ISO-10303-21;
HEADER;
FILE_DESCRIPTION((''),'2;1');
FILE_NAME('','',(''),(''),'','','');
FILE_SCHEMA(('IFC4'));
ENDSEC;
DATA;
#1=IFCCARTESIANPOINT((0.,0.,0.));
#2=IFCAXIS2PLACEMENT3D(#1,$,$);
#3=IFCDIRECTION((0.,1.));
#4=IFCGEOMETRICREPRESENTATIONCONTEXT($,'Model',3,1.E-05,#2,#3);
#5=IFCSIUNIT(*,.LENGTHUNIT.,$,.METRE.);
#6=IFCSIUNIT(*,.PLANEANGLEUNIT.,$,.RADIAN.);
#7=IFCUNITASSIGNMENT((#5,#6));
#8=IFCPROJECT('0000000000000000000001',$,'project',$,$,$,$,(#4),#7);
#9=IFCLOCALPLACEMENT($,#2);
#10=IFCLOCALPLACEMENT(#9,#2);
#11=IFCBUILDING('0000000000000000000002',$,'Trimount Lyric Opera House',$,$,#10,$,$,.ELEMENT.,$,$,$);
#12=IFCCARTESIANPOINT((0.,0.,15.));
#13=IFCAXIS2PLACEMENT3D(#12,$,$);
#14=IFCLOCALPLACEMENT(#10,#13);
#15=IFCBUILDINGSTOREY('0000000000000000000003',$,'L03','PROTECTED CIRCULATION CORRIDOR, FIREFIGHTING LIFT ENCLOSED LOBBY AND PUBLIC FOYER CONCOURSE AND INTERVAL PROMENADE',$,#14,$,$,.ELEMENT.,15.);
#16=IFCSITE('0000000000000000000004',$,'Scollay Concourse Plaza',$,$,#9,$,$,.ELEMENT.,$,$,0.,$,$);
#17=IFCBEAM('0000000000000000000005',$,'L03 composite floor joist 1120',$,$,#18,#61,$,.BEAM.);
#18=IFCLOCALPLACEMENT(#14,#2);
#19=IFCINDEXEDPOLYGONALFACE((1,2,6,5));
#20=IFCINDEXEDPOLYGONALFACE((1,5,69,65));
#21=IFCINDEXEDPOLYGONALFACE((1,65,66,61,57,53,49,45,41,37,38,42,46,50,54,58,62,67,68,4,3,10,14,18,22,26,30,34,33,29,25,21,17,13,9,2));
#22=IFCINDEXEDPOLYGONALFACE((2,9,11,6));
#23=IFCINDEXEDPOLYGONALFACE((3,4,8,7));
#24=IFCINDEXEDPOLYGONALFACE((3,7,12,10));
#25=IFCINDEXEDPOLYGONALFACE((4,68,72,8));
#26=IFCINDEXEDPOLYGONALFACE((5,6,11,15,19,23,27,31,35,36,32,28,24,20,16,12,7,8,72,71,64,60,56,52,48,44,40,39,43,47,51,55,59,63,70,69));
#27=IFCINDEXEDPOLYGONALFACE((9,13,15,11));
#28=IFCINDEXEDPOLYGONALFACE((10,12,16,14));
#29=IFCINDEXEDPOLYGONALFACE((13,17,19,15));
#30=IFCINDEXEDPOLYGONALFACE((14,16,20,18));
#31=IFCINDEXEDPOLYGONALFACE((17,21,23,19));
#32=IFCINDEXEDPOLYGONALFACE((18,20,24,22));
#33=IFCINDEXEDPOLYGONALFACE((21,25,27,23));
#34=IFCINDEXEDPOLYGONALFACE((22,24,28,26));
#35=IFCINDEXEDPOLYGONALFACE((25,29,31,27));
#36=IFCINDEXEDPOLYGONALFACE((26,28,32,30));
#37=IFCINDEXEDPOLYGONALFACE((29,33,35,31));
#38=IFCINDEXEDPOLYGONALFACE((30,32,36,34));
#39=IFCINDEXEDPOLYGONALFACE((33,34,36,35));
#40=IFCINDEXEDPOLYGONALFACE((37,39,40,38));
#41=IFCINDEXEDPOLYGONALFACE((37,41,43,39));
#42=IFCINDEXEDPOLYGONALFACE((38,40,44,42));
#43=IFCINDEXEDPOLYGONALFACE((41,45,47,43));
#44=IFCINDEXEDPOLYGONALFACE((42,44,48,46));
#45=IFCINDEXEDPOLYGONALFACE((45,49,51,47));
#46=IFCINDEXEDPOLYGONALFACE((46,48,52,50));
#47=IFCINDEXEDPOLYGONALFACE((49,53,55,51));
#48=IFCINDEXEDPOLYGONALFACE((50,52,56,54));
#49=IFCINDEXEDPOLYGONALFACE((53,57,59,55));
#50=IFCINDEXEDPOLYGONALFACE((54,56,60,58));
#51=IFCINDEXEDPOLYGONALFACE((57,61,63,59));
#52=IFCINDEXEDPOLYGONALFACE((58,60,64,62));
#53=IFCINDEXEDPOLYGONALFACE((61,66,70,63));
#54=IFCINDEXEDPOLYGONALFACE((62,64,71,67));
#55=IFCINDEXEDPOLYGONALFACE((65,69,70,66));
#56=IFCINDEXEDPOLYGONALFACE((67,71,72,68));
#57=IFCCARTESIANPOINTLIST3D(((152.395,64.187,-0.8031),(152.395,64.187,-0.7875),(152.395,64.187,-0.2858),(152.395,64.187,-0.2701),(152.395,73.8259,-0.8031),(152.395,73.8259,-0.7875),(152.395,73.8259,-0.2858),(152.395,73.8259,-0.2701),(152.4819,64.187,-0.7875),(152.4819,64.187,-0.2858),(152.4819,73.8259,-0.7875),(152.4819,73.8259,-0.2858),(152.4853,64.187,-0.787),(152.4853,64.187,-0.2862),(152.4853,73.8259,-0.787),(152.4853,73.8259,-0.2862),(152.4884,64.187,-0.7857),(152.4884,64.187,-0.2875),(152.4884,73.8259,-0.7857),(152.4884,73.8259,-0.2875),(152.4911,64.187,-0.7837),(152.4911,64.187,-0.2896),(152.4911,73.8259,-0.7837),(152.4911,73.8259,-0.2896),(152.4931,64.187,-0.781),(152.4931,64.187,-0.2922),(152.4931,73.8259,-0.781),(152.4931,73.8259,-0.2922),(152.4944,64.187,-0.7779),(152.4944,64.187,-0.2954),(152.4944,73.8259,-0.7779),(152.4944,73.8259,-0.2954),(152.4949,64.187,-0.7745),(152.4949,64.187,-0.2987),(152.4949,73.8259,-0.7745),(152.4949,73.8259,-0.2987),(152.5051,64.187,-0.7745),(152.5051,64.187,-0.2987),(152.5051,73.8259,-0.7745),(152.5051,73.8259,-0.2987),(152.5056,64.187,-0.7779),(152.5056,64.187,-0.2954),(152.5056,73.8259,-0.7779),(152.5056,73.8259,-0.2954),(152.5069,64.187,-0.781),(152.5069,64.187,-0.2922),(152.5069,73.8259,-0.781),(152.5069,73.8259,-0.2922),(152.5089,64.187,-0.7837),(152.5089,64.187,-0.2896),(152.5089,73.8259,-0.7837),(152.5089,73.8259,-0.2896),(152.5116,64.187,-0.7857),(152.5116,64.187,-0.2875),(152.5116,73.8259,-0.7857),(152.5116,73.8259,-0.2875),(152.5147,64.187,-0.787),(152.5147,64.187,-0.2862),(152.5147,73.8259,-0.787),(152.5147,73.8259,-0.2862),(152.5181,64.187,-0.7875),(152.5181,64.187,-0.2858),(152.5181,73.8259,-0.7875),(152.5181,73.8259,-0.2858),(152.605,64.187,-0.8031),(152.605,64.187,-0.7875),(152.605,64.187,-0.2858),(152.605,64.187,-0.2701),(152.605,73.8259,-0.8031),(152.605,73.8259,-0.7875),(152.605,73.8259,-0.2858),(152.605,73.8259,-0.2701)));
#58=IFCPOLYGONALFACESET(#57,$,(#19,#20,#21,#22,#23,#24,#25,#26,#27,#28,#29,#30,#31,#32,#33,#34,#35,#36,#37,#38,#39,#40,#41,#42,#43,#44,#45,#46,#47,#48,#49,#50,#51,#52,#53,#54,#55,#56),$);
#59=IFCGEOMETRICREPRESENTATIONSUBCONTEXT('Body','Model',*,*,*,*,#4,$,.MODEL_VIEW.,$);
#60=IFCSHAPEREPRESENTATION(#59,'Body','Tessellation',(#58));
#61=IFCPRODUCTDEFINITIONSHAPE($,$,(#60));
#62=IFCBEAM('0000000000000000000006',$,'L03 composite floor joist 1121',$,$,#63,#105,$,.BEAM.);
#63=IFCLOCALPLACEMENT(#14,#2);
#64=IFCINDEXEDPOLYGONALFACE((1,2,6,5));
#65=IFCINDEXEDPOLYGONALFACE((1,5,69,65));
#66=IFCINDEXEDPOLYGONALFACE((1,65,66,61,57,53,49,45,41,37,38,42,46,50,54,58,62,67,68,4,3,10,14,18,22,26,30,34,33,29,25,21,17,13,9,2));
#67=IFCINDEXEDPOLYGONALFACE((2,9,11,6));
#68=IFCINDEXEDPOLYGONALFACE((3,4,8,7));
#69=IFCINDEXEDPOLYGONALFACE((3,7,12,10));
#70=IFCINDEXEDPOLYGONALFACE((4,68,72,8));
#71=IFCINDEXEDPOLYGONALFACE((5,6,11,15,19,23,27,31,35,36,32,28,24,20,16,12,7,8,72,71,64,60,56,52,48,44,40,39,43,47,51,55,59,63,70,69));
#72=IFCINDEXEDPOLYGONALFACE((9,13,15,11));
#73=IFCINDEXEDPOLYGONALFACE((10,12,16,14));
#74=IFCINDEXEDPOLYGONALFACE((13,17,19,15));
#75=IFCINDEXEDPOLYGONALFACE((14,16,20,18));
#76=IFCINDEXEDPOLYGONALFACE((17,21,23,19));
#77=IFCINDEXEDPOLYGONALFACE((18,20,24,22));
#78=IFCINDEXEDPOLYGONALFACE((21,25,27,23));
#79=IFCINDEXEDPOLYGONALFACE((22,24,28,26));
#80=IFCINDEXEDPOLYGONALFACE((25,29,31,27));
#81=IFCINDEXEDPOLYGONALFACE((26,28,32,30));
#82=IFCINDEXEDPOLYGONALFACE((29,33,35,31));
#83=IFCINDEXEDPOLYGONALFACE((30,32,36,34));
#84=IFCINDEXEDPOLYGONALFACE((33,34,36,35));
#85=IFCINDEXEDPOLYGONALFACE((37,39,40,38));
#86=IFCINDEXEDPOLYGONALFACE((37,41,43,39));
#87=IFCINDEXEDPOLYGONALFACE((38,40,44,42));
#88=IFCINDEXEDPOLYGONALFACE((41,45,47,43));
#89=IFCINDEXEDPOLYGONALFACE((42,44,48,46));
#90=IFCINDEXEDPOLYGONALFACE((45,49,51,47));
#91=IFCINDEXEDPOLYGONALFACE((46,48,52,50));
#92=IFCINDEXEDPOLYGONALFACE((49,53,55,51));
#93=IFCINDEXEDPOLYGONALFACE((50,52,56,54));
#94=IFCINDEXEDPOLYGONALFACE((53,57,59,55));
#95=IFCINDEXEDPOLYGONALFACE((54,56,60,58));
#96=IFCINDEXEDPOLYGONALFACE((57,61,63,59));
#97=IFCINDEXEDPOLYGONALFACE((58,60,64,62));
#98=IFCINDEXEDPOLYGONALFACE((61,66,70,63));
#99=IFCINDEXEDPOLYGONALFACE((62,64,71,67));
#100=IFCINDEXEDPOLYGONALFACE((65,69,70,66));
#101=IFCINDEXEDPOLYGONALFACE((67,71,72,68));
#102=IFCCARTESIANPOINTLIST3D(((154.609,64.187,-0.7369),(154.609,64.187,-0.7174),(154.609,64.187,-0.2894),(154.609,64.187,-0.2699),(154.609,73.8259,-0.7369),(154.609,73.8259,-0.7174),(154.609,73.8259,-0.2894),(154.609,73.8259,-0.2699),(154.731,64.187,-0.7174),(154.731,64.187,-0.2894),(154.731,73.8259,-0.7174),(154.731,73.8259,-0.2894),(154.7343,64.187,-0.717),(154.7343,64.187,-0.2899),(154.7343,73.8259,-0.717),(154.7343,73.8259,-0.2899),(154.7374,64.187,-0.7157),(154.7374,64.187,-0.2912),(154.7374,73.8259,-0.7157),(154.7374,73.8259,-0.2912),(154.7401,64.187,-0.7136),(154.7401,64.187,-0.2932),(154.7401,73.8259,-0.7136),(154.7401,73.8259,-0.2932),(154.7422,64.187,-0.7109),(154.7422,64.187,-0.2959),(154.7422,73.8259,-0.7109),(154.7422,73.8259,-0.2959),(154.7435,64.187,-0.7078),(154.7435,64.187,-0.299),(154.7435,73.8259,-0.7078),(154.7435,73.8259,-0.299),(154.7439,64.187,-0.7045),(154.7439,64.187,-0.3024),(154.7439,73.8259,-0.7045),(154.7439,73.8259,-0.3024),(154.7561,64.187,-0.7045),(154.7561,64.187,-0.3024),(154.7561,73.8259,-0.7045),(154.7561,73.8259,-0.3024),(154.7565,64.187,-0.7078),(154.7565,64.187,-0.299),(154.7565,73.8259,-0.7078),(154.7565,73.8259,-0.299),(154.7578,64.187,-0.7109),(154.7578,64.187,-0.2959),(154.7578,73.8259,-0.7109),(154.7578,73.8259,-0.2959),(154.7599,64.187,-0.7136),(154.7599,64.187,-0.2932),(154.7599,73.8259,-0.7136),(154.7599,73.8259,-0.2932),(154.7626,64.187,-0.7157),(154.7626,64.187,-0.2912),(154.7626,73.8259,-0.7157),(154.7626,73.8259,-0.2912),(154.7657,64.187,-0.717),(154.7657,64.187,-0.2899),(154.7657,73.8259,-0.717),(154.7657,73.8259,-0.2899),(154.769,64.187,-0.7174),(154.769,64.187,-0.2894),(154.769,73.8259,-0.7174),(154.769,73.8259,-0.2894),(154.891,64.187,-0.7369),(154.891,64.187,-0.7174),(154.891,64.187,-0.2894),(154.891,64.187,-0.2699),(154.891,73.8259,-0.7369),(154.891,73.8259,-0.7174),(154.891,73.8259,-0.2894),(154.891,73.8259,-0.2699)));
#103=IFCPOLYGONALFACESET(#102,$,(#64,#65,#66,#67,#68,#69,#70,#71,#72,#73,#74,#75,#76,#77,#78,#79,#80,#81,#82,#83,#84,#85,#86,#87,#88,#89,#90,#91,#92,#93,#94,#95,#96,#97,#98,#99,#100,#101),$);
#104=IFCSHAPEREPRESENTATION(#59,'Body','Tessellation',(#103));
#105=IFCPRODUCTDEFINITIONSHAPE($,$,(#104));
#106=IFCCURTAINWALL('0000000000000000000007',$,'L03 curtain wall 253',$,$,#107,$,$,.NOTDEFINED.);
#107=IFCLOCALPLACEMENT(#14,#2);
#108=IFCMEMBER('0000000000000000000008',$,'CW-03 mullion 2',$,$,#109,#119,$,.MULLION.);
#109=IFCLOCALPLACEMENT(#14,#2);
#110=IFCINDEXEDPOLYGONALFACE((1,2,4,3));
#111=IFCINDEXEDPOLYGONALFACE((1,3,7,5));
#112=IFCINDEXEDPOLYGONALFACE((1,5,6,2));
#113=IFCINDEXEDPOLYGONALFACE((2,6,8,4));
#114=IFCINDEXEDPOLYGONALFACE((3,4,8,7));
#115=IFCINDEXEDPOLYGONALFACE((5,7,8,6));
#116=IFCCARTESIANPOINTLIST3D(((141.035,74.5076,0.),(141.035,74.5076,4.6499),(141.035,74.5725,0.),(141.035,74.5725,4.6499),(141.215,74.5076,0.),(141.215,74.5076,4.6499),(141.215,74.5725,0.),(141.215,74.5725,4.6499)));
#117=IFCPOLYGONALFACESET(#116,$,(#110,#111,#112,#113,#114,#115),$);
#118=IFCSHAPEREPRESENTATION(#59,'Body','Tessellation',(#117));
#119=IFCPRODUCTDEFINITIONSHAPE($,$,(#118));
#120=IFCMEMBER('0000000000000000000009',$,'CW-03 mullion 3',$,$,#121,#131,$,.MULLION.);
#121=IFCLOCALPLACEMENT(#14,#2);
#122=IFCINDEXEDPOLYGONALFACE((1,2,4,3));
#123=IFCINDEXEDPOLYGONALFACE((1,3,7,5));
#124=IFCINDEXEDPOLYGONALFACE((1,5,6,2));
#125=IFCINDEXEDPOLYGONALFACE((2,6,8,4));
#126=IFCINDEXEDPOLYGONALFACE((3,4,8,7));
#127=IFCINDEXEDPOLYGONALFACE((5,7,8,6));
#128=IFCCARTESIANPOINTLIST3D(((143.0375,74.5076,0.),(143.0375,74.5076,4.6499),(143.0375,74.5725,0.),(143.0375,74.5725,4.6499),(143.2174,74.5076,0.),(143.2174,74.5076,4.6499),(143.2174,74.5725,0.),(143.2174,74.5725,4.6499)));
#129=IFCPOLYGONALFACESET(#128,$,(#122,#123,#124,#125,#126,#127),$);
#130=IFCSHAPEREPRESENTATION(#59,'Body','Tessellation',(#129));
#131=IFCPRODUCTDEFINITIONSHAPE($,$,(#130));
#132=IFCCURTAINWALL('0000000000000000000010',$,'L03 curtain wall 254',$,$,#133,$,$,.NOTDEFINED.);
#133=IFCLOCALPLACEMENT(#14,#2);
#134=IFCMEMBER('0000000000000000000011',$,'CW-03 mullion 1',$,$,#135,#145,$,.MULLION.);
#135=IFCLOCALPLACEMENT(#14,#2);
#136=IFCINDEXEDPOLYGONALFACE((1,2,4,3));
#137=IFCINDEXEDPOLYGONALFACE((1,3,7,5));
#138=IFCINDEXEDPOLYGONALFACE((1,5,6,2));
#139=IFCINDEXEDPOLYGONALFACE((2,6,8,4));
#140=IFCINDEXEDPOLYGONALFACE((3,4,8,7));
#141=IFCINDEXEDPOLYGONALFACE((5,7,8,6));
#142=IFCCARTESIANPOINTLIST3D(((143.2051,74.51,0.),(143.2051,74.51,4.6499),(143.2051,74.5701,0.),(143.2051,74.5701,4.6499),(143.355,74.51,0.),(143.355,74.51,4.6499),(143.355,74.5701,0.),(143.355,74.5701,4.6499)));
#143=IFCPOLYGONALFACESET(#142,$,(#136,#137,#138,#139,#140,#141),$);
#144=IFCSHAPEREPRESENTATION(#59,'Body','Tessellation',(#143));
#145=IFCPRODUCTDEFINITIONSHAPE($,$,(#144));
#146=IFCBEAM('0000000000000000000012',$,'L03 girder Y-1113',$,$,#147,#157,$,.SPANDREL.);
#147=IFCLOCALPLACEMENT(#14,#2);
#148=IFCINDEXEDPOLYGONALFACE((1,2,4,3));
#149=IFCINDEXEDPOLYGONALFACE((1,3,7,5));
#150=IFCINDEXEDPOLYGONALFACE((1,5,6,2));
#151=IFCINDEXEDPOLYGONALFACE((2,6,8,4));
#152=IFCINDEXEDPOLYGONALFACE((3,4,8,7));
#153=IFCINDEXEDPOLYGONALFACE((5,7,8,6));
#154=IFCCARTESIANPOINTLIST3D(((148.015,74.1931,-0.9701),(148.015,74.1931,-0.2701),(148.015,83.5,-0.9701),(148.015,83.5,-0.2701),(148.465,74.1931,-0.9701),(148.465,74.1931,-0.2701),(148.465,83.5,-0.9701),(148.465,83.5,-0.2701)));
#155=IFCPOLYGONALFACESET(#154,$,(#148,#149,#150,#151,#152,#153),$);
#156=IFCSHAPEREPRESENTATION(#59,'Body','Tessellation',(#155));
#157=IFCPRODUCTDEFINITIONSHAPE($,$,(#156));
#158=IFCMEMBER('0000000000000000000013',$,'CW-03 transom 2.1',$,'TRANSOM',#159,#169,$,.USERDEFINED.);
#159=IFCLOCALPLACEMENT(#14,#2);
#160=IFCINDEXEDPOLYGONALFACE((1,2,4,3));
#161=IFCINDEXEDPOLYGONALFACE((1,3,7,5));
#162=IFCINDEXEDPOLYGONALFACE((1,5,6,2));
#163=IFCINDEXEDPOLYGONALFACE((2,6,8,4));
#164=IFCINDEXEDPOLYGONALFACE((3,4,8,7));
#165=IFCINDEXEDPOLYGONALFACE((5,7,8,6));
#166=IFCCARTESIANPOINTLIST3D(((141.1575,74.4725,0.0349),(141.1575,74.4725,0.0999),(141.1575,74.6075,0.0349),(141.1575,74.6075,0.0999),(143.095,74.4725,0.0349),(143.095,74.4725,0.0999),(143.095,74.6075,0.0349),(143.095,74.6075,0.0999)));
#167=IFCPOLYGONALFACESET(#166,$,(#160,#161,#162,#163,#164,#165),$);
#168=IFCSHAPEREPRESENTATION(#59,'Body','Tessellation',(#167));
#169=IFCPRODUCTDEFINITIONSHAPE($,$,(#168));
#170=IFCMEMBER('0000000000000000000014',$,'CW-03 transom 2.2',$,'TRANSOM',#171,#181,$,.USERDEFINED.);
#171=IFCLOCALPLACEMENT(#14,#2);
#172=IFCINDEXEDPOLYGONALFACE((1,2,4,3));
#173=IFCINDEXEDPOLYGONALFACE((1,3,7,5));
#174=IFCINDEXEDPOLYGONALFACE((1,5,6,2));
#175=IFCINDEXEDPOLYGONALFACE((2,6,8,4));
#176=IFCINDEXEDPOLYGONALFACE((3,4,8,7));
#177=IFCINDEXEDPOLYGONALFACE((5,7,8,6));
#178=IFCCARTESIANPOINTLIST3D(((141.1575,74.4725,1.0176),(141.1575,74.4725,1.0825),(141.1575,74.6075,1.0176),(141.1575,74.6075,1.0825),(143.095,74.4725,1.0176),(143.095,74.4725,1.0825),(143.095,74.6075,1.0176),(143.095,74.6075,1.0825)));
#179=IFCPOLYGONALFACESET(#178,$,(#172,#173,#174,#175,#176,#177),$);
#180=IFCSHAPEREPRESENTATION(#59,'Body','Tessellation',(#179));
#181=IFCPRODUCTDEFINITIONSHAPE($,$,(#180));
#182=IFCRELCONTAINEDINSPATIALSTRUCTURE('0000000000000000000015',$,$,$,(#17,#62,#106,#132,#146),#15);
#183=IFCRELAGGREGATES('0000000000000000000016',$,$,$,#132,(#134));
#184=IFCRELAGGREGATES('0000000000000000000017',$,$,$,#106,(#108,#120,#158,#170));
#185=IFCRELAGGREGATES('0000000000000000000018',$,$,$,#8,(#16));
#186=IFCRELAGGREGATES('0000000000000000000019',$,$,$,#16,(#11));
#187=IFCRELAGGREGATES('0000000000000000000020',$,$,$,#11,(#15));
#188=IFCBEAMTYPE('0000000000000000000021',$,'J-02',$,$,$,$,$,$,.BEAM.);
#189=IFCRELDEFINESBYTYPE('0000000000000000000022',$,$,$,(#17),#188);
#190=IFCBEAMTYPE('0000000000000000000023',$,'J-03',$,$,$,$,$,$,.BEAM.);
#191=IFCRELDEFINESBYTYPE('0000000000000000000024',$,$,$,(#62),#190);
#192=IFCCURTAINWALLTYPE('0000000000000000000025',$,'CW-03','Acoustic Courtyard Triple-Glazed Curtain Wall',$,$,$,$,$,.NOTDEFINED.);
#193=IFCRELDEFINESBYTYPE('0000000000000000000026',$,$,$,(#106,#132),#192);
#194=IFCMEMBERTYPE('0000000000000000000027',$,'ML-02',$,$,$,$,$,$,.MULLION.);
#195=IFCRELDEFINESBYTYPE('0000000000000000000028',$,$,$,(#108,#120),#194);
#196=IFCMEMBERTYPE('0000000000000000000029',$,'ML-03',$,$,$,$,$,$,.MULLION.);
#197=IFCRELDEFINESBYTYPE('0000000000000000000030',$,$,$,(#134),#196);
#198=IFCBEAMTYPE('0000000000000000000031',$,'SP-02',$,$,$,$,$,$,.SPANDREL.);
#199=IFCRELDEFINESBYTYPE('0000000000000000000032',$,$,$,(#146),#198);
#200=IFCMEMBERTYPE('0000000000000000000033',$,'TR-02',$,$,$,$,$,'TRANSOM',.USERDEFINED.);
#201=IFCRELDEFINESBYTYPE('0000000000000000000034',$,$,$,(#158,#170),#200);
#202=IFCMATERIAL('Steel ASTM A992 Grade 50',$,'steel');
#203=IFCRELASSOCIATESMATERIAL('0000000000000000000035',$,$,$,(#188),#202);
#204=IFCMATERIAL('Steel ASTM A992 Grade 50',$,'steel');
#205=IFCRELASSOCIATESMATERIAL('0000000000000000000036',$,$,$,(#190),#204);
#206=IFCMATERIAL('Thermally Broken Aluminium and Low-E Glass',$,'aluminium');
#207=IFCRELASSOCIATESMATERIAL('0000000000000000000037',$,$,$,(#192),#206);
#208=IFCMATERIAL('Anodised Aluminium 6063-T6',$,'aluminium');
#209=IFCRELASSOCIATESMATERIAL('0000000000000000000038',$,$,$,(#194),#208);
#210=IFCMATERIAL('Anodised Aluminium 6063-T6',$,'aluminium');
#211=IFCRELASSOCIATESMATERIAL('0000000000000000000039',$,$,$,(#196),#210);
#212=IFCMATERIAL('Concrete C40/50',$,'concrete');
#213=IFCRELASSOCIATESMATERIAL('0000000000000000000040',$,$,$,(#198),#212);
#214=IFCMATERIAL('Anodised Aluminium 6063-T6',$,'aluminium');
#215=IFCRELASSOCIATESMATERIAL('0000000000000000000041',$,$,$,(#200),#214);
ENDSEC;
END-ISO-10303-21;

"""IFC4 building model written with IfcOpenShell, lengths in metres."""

from ifc_helpers import new_model, si_unit, direction, frame, origin, origin_2d, place, context, subcontext, project, spatial, rectangle, i_section, extrude, material, material_profile, profile_set, type_object, element, aggregate, save


model = new_model("IFC4")

# Units and contexts
model_context = context("Model", 3, precision=1e-05, world=origin(), true_north=direction((0.0, 1.0)))
body_context = subcontext(model_context, "Body", "Model", "MODEL_VIEW")
ifc_project = project(units=[si_unit("LENGTHUNIT", "METRE"), si_unit("PLANEANGLEUNIT", "RADIAN")], contexts=[model_context])

# Site, building, storey
site_placement = place(None, origin())
site = spatial("IfcSite", under=ifc_project, at=site_placement, Name="Scollay Concourse Plaza", CompositionType="ELEMENT", RefElevation=0.0)
building_placement = place(site_placement, origin())
building = spatial("IfcBuilding", under=site, at=building_placement, Name="Trimount Lyric Opera House", CompositionType="ELEMENT")
storey_placement = place(building_placement, frame((0.0, 0.0, 15.0)))
storey = spatial("IfcBuildingStorey", under=building, at=storey_placement, Name="L03", Description="PROTECTED CIRCULATION CORRIDOR, FIREFIGHTING LIFT ENCLOSED LOBBY AND PUBLIC FOYER CONCOURSE AND INTERVAL PROMENADE", CompositionType="ELEMENT", Elevation=15.0)

# Beams
ifc_material_1 = material(Name="Steel ASTM A992 Grade 50", Category="steel")
ifc_material_profile_1 = material_profile(ifc_material_1, i_section(OverallWidth=0.21, OverallDepth=0.533, WebThickness=0.0103, FlangeThickness=0.0156, FilletRadius=0.0129, at=origin_2d()), Name="W21X62")
ifc_profile_set_1 = profile_set([ifc_material_profile_1], Name="Steel ASTM A992 Grade 50")
beam_type_1 = type_object("IfcBeamType", Name="J-02", PredefinedType="BEAM", material=ifc_profile_set_1)
beam_1_placement = place(storey_placement, frame((152.5, 64.187, -0.5366), z_axis=(0.0, 1.0, 0.0), x_axis=(-1.0, 0.0, 0.0)))
element("IfcBeam", 1, at=beam_1_placement, inside=storey, type_object=beam_type_1, Name="L03 composite floor joist 1120", PredefinedType="BEAM", context=body_context, shape_type="SweptSolid", body=[
    extrude(i_section(OverallWidth=0.21, OverallDepth=0.533, WebThickness=0.0103, FlangeThickness=0.0156, FilletRadius=0.0129, at=origin_2d()), origin(), (0.0, 0.0, 1.0), 9.6389),
])
ifc_material_2 = material(Name="Steel ASTM A992 Grade 50", Category="steel")
ifc_material_profile_2 = material_profile(ifc_material_2, i_section(OverallWidth=0.282, OverallDepth=0.467, WebThickness=0.0122, FlangeThickness=0.0195, FilletRadius=0.0129, at=origin_2d()), Name="W18X86")
ifc_profile_set_2 = profile_set([ifc_material_profile_2], Name="Steel ASTM A992 Grade 50")
beam_type_2 = type_object("IfcBeamType", Name="J-03", PredefinedType="BEAM", material=ifc_profile_set_2)
beam_2_placement = place(storey_placement, frame((154.75, 64.187, -0.5034), z_axis=(0.0, 1.0, 0.0), x_axis=(-1.0, 0.0, 0.0)))
element("IfcBeam", 2, at=beam_2_placement, inside=storey, type_object=beam_type_2, Name="L03 composite floor joist 1121", PredefinedType="BEAM", context=body_context, shape_type="SweptSolid", body=[
    extrude(i_section(OverallWidth=0.282, OverallDepth=0.467, WebThickness=0.0122, FlangeThickness=0.0195, FilletRadius=0.0129, at=origin_2d()), origin(), (0.0, 0.0, 1.0), 9.6389),
])

# Curtain wall, members
ifc_material_3 = material(Name="Thermally Broken Aluminium and Low-E Glass", Category="aluminium")
curtain_wall_type = type_object("IfcCurtainWallType", Name="CW-03", Description="Acoustic Courtyard Triple-Glazed Curtain Wall", PredefinedType="NOTDEFINED", material=ifc_material_3)
curtain_wall_1_placement = place(storey_placement, origin())
curtain_wall_1 = element("IfcCurtainWall", 3, at=curtain_wall_1_placement, inside=storey, type_object=curtain_wall_type, Name="L03 curtain wall 253", PredefinedType="NOTDEFINED")
ifc_material_4 = material(Name="Anodised Aluminium 6063-T6", Category="aluminium")
ifc_material_profile_3 = material_profile(ifc_material_4, rectangle(XDim=0.0649, YDim=0.1799, at=origin_2d()), Name="ALU-MULL-65X180")
ifc_profile_set_3 = profile_set([ifc_material_profile_3], Name="Anodised Aluminium 6063-T6")
member_type_1 = type_object("IfcMemberType", Name="ML-02", PredefinedType="MULLION", material=ifc_profile_set_3)
member_1_placement = place(storey_placement, frame((141.125, 74.54, 0.0), z_axis=(0.0, 0.0, 1.0), x_axis=(0.0, 1.0, 0.0)))
member_1 = element("IfcMember", 4, at=member_1_placement, type_object=member_type_1, Name="CW-03 mullion 2", PredefinedType="MULLION", context=body_context, shape_type="SweptSolid", body=[
    extrude(rectangle(XDim=0.0649, YDim=0.1799, at=origin_2d()), origin(), (0.0, 0.0, 1.0), 4.6499),
])
member_2_placement = place(storey_placement, frame((143.1274, 74.54, 0.0), z_axis=(0.0, 0.0, 1.0), x_axis=(0.0, 1.0, 0.0)))
member_2 = element("IfcMember", 5, at=member_2_placement, type_object=member_type_1, Name="CW-03 mullion 3", PredefinedType="MULLION", context=body_context, shape_type="SweptSolid", body=[
    extrude(rectangle(XDim=0.0649, YDim=0.1799, at=origin_2d()), origin(), (0.0, 0.0, 1.0), 4.6499),
])

# Curtain wall, member
curtain_wall_2_placement = place(storey_placement, origin())
curtain_wall_2 = element("IfcCurtainWall", 6, at=curtain_wall_2_placement, inside=storey, type_object=curtain_wall_type, Name="L03 curtain wall 254", PredefinedType="NOTDEFINED")
ifc_material_5 = material(Name="Anodised Aluminium 6063-T6", Category="aluminium")
ifc_material_profile_4 = material_profile(ifc_material_5, rectangle(XDim=0.0601, YDim=0.1499, at=origin_2d()), Name="ALU-MULL-60X150")
ifc_profile_set_4 = profile_set([ifc_material_profile_4], Name="Anodised Aluminium 6063-T6")
member_type_2 = type_object("IfcMemberType", Name="ML-03", PredefinedType="MULLION", material=ifc_profile_set_4)
member_3_placement = place(storey_placement, frame((143.28, 74.54, 0.0), z_axis=(0.0, 0.0, 1.0), x_axis=(0.0, 1.0, 0.0)))
member_3 = element("IfcMember", 7, at=member_3_placement, type_object=member_type_2, Name="CW-03 mullion 1", PredefinedType="MULLION", context=body_context, shape_type="SweptSolid", body=[
    extrude(rectangle(XDim=0.0601, YDim=0.1499, at=origin_2d()), origin(), (0.0, 0.0, 1.0), 4.6499),
])
aggregate(curtain_wall_2, [member_3])

# Beam
ifc_material_6 = material(Name="Concrete C40/50", Category="concrete")
ifc_material_profile_5 = material_profile(ifc_material_6, rectangle(XDim=0.45, YDim=0.7, at=origin_2d()), Name="RC450X700")
ifc_profile_set_5 = profile_set([ifc_material_profile_5], Name="Concrete C40/50")
beam_type_3 = type_object("IfcBeamType", Name="SP-02", PredefinedType="SPANDREL", material=ifc_profile_set_5)
beam_3_placement = place(storey_placement, frame((148.24, 74.1931, -0.6201), z_axis=(0.0, 1.0, 0.0), x_axis=(-1.0, 0.0, 0.0)))
element("IfcBeam", 8, at=beam_3_placement, inside=storey, type_object=beam_type_3, Name="L03 girder Y-1113", PredefinedType="SPANDREL", context=body_context, shape_type="SweptSolid", body=[
    extrude(rectangle(XDim=0.45, YDim=0.7, at=origin_2d()), origin(), (0.0, 0.0, 1.0), 9.3069),
])

# Members
ifc_material_7 = material(Name="Anodised Aluminium 6063-T6", Category="aluminium")
ifc_material_profile_6 = material_profile(ifc_material_7, rectangle(XDim=0.135, YDim=0.0649, at=origin_2d()), Name="ALU-TRAN-65X135")
ifc_profile_set_6 = profile_set([ifc_material_profile_6], Name="Anodised Aluminium 6063-T6")
member_type_3 = type_object("IfcMemberType", Name="TR-02", ElementType="TRANSOM", PredefinedType="USERDEFINED", material=ifc_profile_set_6)
member_4_placement = place(storey_placement, frame((141.1575, 74.54, 0.0674), z_axis=(1.0, 0.0, 0.0), x_axis=(0.0, 1.0, 0.0)))
member_4 = element("IfcMember", 9, at=member_4_placement, type_object=member_type_3, Name="CW-03 transom 2.1", ObjectType="TRANSOM", PredefinedType="USERDEFINED", context=body_context, shape_type="SweptSolid", body=[
    extrude(rectangle(XDim=0.135, YDim=0.0649, at=origin_2d()), origin(), (0.0, 0.0, 1.0), 1.9375),
])
member_5_placement = place(storey_placement, frame((141.1575, 74.54, 1.05), z_axis=(1.0, 0.0, 0.0), x_axis=(0.0, 1.0, 0.0)))
member_5 = element("IfcMember", 10, at=member_5_placement, type_object=member_type_3, Name="CW-03 transom 2.2", ObjectType="TRANSOM", PredefinedType="USERDEFINED", context=body_context, shape_type="SweptSolid", body=[
    extrude(rectangle(XDim=0.135, YDim=0.0649, at=origin_2d()), origin(), (0.0, 0.0, 1.0), 1.9375),
])

aggregate(curtain_wall_1, [member_1, member_2, member_4, member_5])

save(model, "model.ifc")
